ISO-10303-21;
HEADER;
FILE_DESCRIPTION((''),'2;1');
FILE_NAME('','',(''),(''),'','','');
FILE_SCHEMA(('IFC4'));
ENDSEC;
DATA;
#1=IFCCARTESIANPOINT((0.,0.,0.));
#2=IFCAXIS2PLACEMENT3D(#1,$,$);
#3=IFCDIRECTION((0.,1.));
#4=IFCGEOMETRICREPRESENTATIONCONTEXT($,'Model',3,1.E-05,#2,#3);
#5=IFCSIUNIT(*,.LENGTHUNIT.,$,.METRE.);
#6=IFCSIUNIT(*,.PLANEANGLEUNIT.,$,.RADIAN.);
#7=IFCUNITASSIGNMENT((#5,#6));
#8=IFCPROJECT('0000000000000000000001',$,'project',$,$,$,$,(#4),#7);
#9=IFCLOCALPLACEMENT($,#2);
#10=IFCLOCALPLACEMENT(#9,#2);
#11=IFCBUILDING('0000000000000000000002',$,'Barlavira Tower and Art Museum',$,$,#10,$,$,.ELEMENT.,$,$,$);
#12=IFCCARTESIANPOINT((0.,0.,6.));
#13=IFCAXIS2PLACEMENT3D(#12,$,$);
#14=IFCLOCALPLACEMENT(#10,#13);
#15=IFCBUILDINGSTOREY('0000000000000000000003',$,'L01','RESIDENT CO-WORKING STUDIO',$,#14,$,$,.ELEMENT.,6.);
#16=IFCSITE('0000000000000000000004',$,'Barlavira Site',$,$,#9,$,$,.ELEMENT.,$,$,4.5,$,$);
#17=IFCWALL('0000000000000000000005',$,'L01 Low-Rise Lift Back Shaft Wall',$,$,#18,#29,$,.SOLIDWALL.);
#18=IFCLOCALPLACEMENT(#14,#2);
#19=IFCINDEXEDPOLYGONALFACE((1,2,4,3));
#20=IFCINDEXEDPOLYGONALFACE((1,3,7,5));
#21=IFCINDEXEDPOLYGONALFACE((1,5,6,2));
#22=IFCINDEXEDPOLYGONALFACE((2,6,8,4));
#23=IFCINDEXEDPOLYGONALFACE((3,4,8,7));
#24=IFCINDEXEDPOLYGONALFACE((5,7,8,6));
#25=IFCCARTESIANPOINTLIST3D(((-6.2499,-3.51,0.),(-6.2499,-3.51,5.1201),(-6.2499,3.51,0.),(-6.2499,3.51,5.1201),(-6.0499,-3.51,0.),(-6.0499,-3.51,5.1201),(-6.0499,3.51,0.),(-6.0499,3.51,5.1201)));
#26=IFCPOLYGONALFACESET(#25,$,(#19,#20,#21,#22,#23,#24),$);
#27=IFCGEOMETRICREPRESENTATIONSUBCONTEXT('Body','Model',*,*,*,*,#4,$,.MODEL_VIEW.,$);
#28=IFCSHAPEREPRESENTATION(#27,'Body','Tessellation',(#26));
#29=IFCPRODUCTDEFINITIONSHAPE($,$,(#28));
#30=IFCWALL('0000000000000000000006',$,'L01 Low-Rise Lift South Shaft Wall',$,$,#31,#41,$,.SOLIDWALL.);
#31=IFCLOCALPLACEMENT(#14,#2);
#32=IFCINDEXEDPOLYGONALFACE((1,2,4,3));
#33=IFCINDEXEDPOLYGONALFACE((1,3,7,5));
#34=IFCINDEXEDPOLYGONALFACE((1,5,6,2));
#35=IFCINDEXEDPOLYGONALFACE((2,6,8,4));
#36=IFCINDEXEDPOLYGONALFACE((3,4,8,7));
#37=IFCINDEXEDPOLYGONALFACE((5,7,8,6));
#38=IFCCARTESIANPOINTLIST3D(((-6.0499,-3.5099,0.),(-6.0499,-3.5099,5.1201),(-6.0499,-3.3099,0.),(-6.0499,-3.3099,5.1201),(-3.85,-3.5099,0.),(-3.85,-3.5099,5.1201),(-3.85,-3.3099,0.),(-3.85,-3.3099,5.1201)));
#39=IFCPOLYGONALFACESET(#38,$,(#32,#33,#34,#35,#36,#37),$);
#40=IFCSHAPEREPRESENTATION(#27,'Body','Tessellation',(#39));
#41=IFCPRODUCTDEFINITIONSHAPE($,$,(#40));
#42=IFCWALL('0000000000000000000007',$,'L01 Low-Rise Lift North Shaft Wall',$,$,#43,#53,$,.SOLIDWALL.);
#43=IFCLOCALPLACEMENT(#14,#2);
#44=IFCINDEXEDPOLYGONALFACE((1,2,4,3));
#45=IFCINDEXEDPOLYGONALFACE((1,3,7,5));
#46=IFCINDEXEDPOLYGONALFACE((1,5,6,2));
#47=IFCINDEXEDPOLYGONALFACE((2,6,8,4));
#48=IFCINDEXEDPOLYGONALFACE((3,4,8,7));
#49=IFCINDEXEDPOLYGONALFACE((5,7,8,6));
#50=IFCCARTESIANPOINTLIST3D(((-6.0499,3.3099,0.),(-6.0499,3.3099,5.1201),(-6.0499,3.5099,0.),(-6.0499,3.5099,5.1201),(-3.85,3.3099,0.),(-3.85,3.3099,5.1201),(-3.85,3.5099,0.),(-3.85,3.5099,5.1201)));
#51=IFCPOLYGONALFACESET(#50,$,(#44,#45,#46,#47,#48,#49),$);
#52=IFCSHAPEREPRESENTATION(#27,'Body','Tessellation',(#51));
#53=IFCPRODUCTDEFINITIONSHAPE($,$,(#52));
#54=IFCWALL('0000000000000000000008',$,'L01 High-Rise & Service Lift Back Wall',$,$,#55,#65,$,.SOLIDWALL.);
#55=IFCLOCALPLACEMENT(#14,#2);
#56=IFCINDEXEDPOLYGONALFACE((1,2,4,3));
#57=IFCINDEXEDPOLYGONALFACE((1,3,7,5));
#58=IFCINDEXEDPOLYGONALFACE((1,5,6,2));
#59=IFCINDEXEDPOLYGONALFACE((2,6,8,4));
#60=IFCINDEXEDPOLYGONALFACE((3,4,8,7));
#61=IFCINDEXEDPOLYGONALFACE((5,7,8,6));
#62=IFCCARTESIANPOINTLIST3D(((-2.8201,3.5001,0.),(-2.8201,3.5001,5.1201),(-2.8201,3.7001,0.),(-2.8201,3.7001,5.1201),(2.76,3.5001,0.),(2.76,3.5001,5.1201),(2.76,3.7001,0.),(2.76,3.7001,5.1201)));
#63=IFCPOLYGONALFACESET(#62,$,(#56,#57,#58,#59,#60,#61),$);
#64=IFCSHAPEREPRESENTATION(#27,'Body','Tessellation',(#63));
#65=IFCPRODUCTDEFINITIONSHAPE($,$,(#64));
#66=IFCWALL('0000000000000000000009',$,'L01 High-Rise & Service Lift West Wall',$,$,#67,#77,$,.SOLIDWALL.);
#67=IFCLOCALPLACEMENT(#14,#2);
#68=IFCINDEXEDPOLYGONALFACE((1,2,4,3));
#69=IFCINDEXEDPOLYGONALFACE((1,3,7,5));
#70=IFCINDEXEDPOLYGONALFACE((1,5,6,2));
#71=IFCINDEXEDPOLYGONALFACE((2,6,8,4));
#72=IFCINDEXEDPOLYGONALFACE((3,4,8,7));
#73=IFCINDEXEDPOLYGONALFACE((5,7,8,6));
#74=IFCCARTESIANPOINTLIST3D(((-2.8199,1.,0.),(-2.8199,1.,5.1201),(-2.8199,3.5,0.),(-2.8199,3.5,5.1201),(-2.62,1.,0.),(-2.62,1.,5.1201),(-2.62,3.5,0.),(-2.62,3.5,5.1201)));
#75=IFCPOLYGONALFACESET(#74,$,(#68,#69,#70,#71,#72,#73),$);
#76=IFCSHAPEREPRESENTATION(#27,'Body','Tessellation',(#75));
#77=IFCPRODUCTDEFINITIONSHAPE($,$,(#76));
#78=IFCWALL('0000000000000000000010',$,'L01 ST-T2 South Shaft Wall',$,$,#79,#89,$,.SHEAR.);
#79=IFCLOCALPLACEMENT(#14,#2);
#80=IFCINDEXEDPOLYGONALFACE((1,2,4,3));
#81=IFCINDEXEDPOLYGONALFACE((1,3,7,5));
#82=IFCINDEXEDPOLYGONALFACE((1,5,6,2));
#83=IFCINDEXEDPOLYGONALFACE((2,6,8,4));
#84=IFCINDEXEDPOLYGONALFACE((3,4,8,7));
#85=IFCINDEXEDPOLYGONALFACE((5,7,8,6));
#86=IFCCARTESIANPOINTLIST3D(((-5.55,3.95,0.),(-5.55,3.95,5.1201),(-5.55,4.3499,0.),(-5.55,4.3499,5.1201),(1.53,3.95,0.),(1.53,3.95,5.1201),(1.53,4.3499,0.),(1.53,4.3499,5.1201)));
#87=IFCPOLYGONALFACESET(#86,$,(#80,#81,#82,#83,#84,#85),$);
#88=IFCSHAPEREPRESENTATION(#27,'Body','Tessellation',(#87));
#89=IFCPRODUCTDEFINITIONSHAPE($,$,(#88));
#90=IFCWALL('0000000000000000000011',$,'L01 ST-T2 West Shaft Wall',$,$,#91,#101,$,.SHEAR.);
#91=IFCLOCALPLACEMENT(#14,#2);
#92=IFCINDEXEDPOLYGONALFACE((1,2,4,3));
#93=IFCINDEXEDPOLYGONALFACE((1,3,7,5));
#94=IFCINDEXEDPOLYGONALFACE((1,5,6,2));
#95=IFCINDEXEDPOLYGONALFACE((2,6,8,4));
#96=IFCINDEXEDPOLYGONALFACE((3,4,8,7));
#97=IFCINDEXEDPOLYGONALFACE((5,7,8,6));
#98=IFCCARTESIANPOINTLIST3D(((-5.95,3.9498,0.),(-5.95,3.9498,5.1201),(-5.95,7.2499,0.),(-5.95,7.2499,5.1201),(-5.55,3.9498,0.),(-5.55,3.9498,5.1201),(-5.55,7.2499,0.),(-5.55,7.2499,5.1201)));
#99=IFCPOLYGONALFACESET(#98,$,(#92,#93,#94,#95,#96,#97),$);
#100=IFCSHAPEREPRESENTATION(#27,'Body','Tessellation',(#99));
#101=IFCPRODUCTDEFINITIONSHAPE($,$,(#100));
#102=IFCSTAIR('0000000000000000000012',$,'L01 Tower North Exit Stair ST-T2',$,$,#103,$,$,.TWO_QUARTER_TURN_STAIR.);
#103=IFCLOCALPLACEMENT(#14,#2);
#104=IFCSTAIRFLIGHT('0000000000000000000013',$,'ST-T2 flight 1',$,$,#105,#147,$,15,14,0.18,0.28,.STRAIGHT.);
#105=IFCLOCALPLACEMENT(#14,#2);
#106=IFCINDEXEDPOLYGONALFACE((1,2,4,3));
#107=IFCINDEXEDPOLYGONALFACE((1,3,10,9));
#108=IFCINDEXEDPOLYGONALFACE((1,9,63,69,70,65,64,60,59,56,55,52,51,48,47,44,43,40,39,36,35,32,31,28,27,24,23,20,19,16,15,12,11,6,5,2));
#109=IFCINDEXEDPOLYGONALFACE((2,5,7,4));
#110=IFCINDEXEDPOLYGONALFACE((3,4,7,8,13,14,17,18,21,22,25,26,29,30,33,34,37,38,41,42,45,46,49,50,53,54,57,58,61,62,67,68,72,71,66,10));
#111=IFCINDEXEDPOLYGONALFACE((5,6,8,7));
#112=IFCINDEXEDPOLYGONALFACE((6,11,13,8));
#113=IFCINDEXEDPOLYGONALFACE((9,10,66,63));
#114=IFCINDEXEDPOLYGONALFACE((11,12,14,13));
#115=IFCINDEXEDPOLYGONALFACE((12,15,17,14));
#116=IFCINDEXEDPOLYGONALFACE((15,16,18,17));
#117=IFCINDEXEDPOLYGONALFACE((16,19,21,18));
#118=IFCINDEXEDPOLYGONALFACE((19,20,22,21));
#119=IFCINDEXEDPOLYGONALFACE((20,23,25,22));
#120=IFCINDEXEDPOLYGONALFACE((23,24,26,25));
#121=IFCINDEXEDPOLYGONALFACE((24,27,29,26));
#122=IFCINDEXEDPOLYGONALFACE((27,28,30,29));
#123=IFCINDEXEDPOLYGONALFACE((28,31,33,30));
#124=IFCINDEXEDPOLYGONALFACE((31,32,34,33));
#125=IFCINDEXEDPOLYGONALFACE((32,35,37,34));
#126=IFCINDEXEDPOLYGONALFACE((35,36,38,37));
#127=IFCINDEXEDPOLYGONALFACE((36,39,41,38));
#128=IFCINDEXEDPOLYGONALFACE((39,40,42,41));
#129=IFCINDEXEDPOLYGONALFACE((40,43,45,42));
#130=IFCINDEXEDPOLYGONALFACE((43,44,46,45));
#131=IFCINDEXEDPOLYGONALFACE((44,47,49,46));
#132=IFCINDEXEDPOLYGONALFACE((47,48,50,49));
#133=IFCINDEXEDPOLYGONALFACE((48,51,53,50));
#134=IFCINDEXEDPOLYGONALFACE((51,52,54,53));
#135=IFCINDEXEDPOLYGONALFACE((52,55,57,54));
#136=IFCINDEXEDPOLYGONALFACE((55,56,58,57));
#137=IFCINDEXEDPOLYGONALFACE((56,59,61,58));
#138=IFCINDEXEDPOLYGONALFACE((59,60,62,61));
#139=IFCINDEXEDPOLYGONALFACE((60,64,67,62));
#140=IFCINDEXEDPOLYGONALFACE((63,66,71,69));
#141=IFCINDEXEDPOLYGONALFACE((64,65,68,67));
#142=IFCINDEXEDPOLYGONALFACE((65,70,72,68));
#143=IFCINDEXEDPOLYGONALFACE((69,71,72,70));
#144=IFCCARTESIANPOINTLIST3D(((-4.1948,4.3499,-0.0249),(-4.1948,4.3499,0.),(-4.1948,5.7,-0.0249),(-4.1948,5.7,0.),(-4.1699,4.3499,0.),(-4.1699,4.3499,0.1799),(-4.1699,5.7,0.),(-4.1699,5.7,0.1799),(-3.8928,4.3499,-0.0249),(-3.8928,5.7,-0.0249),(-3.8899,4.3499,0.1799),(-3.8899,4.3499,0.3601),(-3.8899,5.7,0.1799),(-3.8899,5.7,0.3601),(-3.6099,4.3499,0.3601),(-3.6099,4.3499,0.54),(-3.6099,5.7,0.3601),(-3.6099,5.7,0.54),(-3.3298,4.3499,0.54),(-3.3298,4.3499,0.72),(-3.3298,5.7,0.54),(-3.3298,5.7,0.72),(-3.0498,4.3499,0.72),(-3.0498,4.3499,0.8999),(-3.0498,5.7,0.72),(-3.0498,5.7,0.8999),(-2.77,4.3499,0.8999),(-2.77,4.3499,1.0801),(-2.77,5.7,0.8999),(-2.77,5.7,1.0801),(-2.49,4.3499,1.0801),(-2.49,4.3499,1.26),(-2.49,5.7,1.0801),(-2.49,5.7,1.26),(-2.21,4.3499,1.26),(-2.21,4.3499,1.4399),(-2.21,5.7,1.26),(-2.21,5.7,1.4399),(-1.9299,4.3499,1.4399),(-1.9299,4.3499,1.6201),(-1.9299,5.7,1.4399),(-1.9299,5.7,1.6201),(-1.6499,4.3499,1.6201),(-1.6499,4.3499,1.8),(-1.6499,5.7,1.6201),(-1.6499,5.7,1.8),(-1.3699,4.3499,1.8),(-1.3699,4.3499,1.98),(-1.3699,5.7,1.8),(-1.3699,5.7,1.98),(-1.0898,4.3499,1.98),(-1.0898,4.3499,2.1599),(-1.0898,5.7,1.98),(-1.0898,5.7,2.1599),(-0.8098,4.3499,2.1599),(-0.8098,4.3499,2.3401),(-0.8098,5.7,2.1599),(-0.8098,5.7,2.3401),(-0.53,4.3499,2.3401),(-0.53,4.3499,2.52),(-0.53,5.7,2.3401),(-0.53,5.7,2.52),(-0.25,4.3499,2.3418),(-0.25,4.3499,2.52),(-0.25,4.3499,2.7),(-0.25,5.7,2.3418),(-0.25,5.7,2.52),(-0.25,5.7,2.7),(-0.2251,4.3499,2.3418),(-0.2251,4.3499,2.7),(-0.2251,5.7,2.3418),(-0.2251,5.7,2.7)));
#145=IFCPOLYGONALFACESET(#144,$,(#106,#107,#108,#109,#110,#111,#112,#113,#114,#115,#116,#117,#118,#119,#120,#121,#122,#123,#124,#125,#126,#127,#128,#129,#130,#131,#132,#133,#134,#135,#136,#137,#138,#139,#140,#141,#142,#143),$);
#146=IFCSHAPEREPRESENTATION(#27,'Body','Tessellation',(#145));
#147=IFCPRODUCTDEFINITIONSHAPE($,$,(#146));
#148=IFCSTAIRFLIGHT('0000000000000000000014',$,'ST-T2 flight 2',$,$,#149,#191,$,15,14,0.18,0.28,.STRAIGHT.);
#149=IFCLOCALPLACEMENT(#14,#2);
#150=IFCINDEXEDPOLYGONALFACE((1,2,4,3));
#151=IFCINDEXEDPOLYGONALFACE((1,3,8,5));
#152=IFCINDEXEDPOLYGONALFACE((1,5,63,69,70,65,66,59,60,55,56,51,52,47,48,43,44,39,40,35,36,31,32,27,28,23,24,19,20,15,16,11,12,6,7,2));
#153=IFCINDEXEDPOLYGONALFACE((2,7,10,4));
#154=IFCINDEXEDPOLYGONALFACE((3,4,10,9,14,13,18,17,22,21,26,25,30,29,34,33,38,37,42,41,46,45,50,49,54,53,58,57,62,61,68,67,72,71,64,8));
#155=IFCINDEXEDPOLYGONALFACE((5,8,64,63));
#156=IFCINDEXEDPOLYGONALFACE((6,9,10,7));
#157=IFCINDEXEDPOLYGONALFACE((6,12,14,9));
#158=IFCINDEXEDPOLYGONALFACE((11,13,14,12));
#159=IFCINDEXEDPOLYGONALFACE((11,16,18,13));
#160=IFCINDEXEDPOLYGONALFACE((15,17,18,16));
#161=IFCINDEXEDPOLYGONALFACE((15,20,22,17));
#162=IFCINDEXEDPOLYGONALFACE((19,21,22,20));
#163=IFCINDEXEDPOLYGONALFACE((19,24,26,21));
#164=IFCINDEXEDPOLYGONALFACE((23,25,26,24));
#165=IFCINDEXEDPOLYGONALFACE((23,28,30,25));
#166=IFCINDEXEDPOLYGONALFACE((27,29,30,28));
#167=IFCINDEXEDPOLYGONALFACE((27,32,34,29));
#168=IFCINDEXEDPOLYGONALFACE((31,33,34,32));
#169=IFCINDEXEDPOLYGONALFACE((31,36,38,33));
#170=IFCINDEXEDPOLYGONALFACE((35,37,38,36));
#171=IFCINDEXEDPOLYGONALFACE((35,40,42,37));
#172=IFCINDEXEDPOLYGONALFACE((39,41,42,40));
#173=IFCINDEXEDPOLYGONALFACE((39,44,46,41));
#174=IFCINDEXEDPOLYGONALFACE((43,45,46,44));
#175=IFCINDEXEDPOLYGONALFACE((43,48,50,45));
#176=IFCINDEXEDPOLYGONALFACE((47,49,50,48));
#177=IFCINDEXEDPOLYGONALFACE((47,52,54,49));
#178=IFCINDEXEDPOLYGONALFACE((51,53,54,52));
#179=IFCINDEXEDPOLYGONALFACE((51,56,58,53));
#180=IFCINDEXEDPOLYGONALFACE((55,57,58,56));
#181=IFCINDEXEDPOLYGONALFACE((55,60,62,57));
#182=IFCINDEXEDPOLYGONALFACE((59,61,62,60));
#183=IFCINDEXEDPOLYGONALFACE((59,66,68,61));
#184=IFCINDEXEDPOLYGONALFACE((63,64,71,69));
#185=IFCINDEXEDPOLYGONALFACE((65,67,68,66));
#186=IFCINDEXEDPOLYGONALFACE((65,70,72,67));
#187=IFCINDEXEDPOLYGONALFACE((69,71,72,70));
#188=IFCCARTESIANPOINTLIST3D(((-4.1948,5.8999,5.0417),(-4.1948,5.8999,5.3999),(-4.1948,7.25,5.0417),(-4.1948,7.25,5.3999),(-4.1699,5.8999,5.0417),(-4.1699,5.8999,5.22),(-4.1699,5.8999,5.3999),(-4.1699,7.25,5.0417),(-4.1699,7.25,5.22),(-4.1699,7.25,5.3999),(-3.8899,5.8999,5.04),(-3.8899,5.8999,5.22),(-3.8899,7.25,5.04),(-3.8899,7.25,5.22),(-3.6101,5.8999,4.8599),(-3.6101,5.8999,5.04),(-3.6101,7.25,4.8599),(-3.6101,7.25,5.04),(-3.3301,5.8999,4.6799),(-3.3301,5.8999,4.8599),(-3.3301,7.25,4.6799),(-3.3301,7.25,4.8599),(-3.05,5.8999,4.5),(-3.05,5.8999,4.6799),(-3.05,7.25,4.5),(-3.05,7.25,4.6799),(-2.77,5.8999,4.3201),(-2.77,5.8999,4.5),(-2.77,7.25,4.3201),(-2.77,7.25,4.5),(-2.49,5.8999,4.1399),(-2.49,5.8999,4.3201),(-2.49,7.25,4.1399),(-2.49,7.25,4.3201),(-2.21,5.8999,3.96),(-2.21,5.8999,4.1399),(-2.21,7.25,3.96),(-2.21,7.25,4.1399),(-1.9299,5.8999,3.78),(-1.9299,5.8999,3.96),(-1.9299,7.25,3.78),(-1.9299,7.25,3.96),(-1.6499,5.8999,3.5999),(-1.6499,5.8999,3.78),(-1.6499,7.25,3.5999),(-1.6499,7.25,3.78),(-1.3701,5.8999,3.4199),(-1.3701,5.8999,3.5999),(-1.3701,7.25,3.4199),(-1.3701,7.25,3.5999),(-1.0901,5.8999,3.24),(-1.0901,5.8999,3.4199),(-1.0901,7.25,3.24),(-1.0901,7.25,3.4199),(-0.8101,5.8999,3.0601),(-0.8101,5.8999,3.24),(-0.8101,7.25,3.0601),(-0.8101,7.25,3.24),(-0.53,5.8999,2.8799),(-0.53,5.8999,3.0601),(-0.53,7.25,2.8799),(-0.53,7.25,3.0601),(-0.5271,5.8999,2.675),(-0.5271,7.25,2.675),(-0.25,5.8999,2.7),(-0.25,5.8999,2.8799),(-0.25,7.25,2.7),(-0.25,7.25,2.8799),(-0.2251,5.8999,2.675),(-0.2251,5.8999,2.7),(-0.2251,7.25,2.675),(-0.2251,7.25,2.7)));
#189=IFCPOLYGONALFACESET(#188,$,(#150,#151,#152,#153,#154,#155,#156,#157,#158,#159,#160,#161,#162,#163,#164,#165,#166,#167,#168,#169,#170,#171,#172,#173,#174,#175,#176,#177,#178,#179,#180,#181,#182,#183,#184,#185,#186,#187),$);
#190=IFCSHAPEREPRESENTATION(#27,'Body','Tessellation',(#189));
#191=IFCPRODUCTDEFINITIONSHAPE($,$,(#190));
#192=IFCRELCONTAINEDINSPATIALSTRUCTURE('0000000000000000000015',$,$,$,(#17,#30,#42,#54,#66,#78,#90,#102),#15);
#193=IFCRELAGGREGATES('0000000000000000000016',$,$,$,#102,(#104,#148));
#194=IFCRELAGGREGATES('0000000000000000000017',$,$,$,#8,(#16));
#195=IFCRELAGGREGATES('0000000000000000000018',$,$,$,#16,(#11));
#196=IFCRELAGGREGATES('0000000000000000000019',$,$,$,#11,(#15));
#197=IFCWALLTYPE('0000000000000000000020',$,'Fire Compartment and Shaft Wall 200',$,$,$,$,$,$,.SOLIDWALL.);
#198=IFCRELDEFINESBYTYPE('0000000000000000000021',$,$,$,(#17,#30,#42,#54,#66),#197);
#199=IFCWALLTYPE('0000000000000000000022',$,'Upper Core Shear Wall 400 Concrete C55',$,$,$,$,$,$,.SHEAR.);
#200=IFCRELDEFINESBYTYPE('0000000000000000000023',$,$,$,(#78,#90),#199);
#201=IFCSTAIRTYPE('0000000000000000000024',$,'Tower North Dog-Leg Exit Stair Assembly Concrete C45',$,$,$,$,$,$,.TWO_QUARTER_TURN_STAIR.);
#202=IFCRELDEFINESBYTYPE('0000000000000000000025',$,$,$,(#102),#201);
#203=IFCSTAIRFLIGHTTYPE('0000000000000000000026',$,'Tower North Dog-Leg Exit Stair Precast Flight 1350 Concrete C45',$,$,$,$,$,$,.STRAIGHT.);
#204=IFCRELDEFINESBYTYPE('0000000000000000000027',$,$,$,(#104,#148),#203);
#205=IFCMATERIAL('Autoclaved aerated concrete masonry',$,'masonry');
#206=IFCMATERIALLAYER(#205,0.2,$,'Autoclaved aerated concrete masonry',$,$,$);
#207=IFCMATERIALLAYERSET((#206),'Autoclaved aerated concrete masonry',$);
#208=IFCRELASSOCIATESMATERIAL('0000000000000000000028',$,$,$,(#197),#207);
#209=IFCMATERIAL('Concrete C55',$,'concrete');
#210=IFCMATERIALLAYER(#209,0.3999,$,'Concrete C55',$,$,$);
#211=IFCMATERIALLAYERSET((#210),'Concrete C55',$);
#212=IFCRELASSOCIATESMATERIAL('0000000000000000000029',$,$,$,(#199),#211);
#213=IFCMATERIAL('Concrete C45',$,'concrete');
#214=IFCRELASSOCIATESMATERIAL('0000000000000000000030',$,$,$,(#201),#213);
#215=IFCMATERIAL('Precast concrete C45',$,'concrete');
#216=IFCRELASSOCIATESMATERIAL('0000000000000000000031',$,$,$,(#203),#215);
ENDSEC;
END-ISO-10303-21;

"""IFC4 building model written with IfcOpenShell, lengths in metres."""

from ifc_helpers import new_model, si_unit, direction, frame, frame_2d, origin, place, context, subcontext, project, spatial, polyline, rectangle, outline, extrude, material, layer, layer_set, type_object, element, aggregate, save


model = new_model("IFC4")

# Units and contexts
model_context = context("Model", 3, precision=1e-05, world=origin(), true_north=direction((0.0, 1.0)))
body_context = subcontext(model_context, "Body", "Model", "MODEL_VIEW")
ifc_project = project(units=[si_unit("LENGTHUNIT", "METRE"), si_unit("PLANEANGLEUNIT", "RADIAN")], contexts=[model_context])

# Site, building, storey
site_placement = place(None, origin())
site = spatial("IfcSite", under=ifc_project, at=site_placement, Name="Barlavira Site", CompositionType="ELEMENT", RefElevation=4.5)
building_placement = place(site_placement, origin())
building = spatial("IfcBuilding", under=site, at=building_placement, Name="Barlavira Tower and Art Museum", CompositionType="ELEMENT")
storey_placement = place(building_placement, frame((0.0, 0.0, 6.0)))
storey = spatial("IfcBuildingStorey", under=building, at=storey_placement, Name="L01", Description="RESIDENT CO-WORKING STUDIO", CompositionType="ELEMENT", Elevation=6.0)

# Shared definitions
ifc_material_1 = material(Name="Autoclaved aerated concrete masonry", Category="masonry")
ifc_layer_1 = layer(ifc_material_1, 0.2, Name="Autoclaved aerated concrete masonry")
ifc_layer_set_1 = layer_set([ifc_layer_1], Name="Autoclaved aerated concrete masonry")
wall_type_1 = type_object("IfcWallType", Name="Fire Compartment and Shaft Wall 200", PredefinedType="SOLIDWALL", material=ifc_layer_set_1)

# Walls
wall_1_placement = place(storey_placement, frame((-6.1499, -3.51, 0.0), z_axis=(0.0, 0.0, 1.0), x_axis=(0.0, 1.0, 0.0)))
element("IfcWall", 1, at=wall_1_placement, inside=storey, type_object=wall_type_1, Name="L01 Low-Rise Lift Back Shaft Wall", PredefinedType="SOLIDWALL", context=body_context, shape_type="SweptSolid", body=[
    extrude(rectangle(XDim=7.02, YDim=0.2, at=frame_2d((3.51, 0.0))), origin(), (0.0, 0.0, 1.0), 5.1201),
])
for number, where, z_axis, x_axis, name in (
    (2, (-6.05, -3.4099, 0.0), (0.0, 0.0, 1.0), (1.0, 0.0, 0.0), "L01 Low-Rise Lift South Shaft Wall"),
    (3, (-6.05, 3.4099, 0.0), (0.0, 0.0, 1.0), (1.0, 0.0, 0.0), "L01 Low-Rise Lift North Shaft Wall"),
):
    element("IfcWall", number, at=place(storey_placement, frame(where, z_axis=z_axis, x_axis=x_axis)), inside=storey, type_object=wall_type_1, Name=name, PredefinedType="SOLIDWALL", context=body_context, shape_type="SweptSolid", body=[
        extrude(rectangle(XDim=2.2, YDim=0.2, at=frame_2d((1.1001, 0.0))), origin(), (0.0, 0.0, 1.0), 5.1201),
    ])

# Walls
wall_2_placement = place(storey_placement, frame((-2.8201, 3.6001, 0.0), z_axis=(0.0, 0.0, 1.0), x_axis=(1.0, 0.0, 0.0)))
element("IfcWall", 4, at=wall_2_placement, inside=storey, type_object=wall_type_1, Name="L01 High-Rise & Service Lift Back Wall", PredefinedType="SOLIDWALL", context=body_context, shape_type="SweptSolid", body=[
    extrude(rectangle(XDim=5.5801, YDim=0.2, at=frame_2d((2.79, 0.0))), origin(), (0.0, 0.0, 1.0), 5.1201),
])
wall_3_placement = place(storey_placement, frame((-2.72, 1.0, 0.0), z_axis=(0.0, 0.0, 1.0), x_axis=(0.0, 1.0, 0.0)))
element("IfcWall", 5, at=wall_3_placement, inside=storey, type_object=wall_type_1, Name="L01 High-Rise & Service Lift West Wall", PredefinedType="SOLIDWALL", context=body_context, shape_type="SweptSolid", body=[
    extrude(rectangle(XDim=2.5, YDim=0.2, at=frame_2d((1.25, 0.0))), origin(), (0.0, 0.0, 1.0), 5.1201),
])
ifc_material_2 = material(Name="Concrete C55", Category="concrete")
ifc_layer_2 = layer(ifc_material_2, 0.3999, Name="Concrete C55")
ifc_layer_set_2 = layer_set([ifc_layer_2], Name="Concrete C55")
wall_type_2 = type_object("IfcWallType", Name="Upper Core Shear Wall 400 Concrete C55", PredefinedType="SHEAR", material=ifc_layer_set_2)
wall_4_placement = place(storey_placement, frame((-5.55, 4.1499, 0.0), z_axis=(0.0, 0.0, 1.0), x_axis=(1.0, 0.0, 0.0)))
element("IfcWall", 6, at=wall_4_placement, inside=storey, type_object=wall_type_2, Name="L01 ST-T2 South Shaft Wall", PredefinedType="SHEAR", context=body_context, shape_type="SweptSolid", body=[
    extrude(rectangle(XDim=7.0801, YDim=0.3999, at=frame_2d((3.54, 0.0))), origin(), (0.0, 0.0, 1.0), 5.1201),
])
wall_5_placement = place(storey_placement, frame((-5.75, 3.95, 0.0), z_axis=(0.0, 0.0, 1.0), x_axis=(0.0, 1.0, 0.0)))
element("IfcWall", 7, at=wall_5_placement, inside=storey, type_object=wall_type_2, Name="L01 ST-T2 West Shaft Wall", PredefinedType="SHEAR", context=body_context, shape_type="SweptSolid", body=[
    extrude(rectangle(XDim=3.3, YDim=0.3999, at=frame_2d((1.6499, 0.0))), origin(), (0.0, 0.0, 1.0), 5.1201),
])

# Stair, stair flights
ifc_material_3 = material(Name="Concrete C45", Category="concrete")
stair_type = type_object("IfcStairType", Name="Tower North Dog-Leg Exit Stair Assembly Concrete C45", PredefinedType="TWO_QUARTER_TURN_STAIR", material=ifc_material_3)
stair_placement = place(storey_placement, origin())
stair = element("IfcStair", 8, at=stair_placement, inside=storey, type_object=stair_type, Name="L01 Tower North Exit Stair ST-T2", PredefinedType="TWO_QUARTER_TURN_STAIR")
ifc_material_4 = material(Name="Precast concrete C45", Category="concrete")
stair_flight_type = type_object("IfcStairFlightType", Name="Tower North Dog-Leg Exit Stair Precast Flight 1350 Concrete C45", PredefinedType="STRAIGHT", material=ifc_material_4)
stair_flight_1_placement = place(storey_placement, frame((-4.1699, 5.0249, 0.0), z_axis=(0.0, 0.0, 1.0), x_axis=(1.0, 0.0, 0.0)))
stair_flight_1 = element("IfcStairFlight", 9, at=stair_flight_1_placement, type_object=stair_flight_type, Name="ST-T2 flight 1", NumberOfRisers=15, NumberOfTreads=14, PredefinedType="STRAIGHT", RiserHeight=0.18, TreadLength=0.28, context=body_context, shape_type="SweptSolid", body=[
    extrude(outline(polyline([(-0.0249, 0.0), (0.0, 0.0), (0.0, 0.1799), (0.28, 0.1799), (0.28, 0.3601), (0.5601, 0.3601), (0.5601, 0.54), (0.8401, 0.54), (0.8401, 0.72), (1.1201, 0.72), (1.1201, 0.8999), (1.3999, 0.8999), (1.3999, 1.0801), (1.6799, 1.0801), (1.6799, 1.26), (1.96, 1.26), (1.96, 1.4399), (2.24, 1.4399), (2.24, 1.6201), (2.52, 1.6201), (2.52, 1.8), (2.8, 1.8), (2.8, 1.98), (3.0801, 1.98), (3.0801, 2.1599), (3.3601, 2.1599), (3.3601, 2.3401), (3.6399, 2.3401), (3.6399, 2.52), (3.9199, 2.52), (3.9199, 2.7), (3.9448, 2.7), (3.9448, 2.3418), (3.9199, 2.3418), (0.2771, -0.0249), (-0.0249, -0.0249), (-0.0249, 0.0)])), frame((0.0, 0.675, 0.0), z_axis=(0.0, -1.0, 0.0), x_axis=(1.0, 0.0, 0.0)), (0.0, 0.0, 1.0), 1.3501),
])
stair_flight_2_placement = place(storey_placement, frame((-0.25, 6.575, 2.7), z_axis=(0.0, 0.0, 1.0), x_axis=(-1.0, 0.0, 0.0)))
stair_flight_2 = element("IfcStairFlight", 10, at=stair_flight_2_placement, type_object=stair_flight_type, Name="ST-T2 flight 2", NumberOfRisers=15, NumberOfTreads=14, PredefinedType="STRAIGHT", RiserHeight=0.18, TreadLength=0.28, context=body_context, shape_type="SweptSolid", body=[
    extrude(outline(polyline([(-0.0249, 0.0), (0.0, 0.0), (0.0, 0.1799), (0.28, 0.1799), (0.28, 0.3601), (0.5601, 0.3601), (0.5601, 0.54), (0.8401, 0.54), (0.8401, 0.72), (1.1201, 0.72), (1.1201, 0.8999), (1.3999, 0.8999), (1.3999, 1.0801), (1.6799, 1.0801), (1.6799, 1.26), (1.96, 1.26), (1.96, 1.4399), (2.24, 1.4399), (2.24, 1.6201), (2.52, 1.6201), (2.52, 1.8), (2.8, 1.8), (2.8, 1.98), (3.0801, 1.98), (3.0801, 2.1599), (3.3601, 2.1599), (3.3601, 2.3401), (3.6399, 2.3401), (3.6399, 2.52), (3.9199, 2.52), (3.9199, 2.7), (3.9448, 2.7), (3.9448, 2.3418), (3.9199, 2.3418), (0.2771, -0.0249), (-0.0249, -0.0249), (-0.0249, 0.0)])), frame((0.0, 0.675, 0.0), z_axis=(0.0, -1.0, 0.0), x_axis=(1.0, 0.0, 0.0)), (0.0, 0.0, 1.0), 1.3501),
])
aggregate(stair, [stair_flight_1, stair_flight_2])

save(model, "model.ifc")
